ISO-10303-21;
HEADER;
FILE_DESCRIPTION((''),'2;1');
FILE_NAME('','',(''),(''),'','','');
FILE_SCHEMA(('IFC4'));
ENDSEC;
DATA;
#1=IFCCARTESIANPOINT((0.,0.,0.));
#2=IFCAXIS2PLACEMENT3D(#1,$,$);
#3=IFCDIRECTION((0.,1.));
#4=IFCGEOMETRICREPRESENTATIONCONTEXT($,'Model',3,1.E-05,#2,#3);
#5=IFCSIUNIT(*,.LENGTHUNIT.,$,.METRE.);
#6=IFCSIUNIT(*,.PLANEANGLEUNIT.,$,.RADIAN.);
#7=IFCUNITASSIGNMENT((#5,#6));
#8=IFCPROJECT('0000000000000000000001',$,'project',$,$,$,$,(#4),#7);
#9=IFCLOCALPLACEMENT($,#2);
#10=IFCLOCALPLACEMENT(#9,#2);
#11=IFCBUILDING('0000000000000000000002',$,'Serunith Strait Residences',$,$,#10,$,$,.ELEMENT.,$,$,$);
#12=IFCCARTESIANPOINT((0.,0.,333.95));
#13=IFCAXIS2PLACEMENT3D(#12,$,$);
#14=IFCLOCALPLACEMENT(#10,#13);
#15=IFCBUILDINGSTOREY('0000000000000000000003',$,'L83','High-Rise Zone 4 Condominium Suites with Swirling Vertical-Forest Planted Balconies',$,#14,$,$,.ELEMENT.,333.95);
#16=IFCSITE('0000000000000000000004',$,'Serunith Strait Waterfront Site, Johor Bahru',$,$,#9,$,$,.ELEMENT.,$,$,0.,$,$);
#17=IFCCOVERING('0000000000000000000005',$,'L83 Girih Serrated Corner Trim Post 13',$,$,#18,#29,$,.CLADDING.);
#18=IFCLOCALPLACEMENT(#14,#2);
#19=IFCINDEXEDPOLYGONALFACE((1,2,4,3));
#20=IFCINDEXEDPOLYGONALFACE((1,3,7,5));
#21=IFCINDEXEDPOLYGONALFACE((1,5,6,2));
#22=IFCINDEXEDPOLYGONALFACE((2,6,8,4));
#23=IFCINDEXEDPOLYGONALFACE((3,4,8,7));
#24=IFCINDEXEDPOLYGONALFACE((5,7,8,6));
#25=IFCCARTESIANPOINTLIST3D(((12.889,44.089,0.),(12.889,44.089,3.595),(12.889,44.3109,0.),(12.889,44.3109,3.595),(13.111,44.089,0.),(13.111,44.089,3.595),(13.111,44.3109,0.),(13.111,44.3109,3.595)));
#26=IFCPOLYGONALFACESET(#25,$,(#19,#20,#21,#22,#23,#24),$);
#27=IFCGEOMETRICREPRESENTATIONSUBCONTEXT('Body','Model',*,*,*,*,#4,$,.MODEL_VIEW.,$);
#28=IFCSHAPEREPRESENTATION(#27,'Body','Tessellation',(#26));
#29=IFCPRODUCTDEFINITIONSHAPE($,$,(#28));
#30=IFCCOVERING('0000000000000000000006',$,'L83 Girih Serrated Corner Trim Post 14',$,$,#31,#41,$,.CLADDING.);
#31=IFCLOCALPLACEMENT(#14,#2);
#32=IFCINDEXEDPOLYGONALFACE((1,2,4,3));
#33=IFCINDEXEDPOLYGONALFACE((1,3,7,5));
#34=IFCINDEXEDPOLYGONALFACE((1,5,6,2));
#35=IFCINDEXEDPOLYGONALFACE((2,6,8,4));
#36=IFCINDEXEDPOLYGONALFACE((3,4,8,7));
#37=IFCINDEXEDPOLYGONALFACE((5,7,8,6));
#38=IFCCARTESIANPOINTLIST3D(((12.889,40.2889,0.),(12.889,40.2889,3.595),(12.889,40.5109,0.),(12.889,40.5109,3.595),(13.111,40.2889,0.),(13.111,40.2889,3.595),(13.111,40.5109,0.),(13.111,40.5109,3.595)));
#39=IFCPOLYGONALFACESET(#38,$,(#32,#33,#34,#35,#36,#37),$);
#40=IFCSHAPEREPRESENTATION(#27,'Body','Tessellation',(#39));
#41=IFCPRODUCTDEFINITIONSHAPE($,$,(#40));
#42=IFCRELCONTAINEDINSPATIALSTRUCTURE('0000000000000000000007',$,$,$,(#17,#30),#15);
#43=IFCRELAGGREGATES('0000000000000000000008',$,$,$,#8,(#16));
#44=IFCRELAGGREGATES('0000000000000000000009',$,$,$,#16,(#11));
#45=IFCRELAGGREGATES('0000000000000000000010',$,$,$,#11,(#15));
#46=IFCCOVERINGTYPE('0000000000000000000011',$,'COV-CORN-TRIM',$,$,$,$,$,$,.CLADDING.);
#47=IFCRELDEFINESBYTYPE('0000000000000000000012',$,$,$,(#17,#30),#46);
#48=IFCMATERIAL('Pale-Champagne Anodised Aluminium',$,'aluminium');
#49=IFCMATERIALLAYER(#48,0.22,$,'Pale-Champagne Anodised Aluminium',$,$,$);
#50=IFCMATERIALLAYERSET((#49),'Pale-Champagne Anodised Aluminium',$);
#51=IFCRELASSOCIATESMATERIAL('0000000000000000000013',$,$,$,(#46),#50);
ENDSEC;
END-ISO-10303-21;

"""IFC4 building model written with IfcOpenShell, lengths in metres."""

from ifc_helpers import new_model, si_unit, direction, frame, origin, origin_2d, place, context, subcontext, project, spatial, rectangle, extrude, source, transform, mapped, material, layer, layer_set, type_object, element, save


model = new_model("IFC4")

# Units and contexts
model_context = context("Model", 3, precision=1e-05, world=origin(), true_north=direction((0.0, 1.0)))
body_context = subcontext(model_context, "Body", "Model", "MODEL_VIEW")
ifc_project = project(units=[si_unit("LENGTHUNIT", "METRE"), si_unit("PLANEANGLEUNIT", "RADIAN")], contexts=[model_context])

# Site, building, storey
site_placement = place(None, origin())
site = spatial("IfcSite", under=ifc_project, at=site_placement, Name="Serunith Strait Waterfront Site, Johor Bahru", CompositionType="ELEMENT", RefElevation=0.0)
building_placement = place(site_placement, origin())
building = spatial("IfcBuilding", under=site, at=building_placement, Name="Serunith Strait Residences", CompositionType="ELEMENT")
storey_placement = place(building_placement, frame((0.0, 0.0, 333.95)))
storey = spatial("IfcBuildingStorey", under=building, at=storey_placement, Name="L83", Description="High-Rise Zone 4 Condominium Suites with Swirling Vertical-Forest Planted Balconies", CompositionType="ELEMENT", Elevation=333.95)

# Coverings
ifc_material_1 = material(Name="Pale-Champagne Anodised Aluminium", Category="aluminium")
ifc_layer_1 = layer(ifc_material_1, 0.22, Name="Pale-Champagne Anodised Aluminium")
ifc_layer_set_1 = layer_set([ifc_layer_1], Name="Pale-Champagne Anodised Aluminium")
covering_type = type_object("IfcCoveringType", Name="COV-CORN-TRIM", PredefinedType="CLADDING", material=ifc_layer_set_1)
shared_shape_1 = source(origin(), body_context, "Body", "SweptSolid", [
    extrude(rectangle(XDim=0.2219, YDim=0.2219, at=origin_2d()), origin(), (0.0, 0.0, 1.0), 3.595),
])
for number, where, z_axis, x_axis, name in (
    (1, (13.0, 44.2, 0.0), (0.0, 0.0, 1.0), (1.0, 0.0, 0.0), "L83 Girih Serrated Corner Trim Post 13"),
    (2, (13.0, 40.3999, 0.0), (0.0, 0.0, 1.0), (1.0, 0.0, 0.0), "L83 Girih Serrated Corner Trim Post 14"),
):
    element("IfcCovering", number, at=place(storey_placement, frame(where, z_axis=z_axis, x_axis=x_axis)), inside=storey, type_object=covering_type, Name=name, PredefinedType="CLADDING", context=body_context, shape_type="MappedRepresentation", body=[
        mapped(shared_shape_1, transform((0.0, 0.0, 0.0), scale=1.0)),
    ])

save(model, "model.ifc")
